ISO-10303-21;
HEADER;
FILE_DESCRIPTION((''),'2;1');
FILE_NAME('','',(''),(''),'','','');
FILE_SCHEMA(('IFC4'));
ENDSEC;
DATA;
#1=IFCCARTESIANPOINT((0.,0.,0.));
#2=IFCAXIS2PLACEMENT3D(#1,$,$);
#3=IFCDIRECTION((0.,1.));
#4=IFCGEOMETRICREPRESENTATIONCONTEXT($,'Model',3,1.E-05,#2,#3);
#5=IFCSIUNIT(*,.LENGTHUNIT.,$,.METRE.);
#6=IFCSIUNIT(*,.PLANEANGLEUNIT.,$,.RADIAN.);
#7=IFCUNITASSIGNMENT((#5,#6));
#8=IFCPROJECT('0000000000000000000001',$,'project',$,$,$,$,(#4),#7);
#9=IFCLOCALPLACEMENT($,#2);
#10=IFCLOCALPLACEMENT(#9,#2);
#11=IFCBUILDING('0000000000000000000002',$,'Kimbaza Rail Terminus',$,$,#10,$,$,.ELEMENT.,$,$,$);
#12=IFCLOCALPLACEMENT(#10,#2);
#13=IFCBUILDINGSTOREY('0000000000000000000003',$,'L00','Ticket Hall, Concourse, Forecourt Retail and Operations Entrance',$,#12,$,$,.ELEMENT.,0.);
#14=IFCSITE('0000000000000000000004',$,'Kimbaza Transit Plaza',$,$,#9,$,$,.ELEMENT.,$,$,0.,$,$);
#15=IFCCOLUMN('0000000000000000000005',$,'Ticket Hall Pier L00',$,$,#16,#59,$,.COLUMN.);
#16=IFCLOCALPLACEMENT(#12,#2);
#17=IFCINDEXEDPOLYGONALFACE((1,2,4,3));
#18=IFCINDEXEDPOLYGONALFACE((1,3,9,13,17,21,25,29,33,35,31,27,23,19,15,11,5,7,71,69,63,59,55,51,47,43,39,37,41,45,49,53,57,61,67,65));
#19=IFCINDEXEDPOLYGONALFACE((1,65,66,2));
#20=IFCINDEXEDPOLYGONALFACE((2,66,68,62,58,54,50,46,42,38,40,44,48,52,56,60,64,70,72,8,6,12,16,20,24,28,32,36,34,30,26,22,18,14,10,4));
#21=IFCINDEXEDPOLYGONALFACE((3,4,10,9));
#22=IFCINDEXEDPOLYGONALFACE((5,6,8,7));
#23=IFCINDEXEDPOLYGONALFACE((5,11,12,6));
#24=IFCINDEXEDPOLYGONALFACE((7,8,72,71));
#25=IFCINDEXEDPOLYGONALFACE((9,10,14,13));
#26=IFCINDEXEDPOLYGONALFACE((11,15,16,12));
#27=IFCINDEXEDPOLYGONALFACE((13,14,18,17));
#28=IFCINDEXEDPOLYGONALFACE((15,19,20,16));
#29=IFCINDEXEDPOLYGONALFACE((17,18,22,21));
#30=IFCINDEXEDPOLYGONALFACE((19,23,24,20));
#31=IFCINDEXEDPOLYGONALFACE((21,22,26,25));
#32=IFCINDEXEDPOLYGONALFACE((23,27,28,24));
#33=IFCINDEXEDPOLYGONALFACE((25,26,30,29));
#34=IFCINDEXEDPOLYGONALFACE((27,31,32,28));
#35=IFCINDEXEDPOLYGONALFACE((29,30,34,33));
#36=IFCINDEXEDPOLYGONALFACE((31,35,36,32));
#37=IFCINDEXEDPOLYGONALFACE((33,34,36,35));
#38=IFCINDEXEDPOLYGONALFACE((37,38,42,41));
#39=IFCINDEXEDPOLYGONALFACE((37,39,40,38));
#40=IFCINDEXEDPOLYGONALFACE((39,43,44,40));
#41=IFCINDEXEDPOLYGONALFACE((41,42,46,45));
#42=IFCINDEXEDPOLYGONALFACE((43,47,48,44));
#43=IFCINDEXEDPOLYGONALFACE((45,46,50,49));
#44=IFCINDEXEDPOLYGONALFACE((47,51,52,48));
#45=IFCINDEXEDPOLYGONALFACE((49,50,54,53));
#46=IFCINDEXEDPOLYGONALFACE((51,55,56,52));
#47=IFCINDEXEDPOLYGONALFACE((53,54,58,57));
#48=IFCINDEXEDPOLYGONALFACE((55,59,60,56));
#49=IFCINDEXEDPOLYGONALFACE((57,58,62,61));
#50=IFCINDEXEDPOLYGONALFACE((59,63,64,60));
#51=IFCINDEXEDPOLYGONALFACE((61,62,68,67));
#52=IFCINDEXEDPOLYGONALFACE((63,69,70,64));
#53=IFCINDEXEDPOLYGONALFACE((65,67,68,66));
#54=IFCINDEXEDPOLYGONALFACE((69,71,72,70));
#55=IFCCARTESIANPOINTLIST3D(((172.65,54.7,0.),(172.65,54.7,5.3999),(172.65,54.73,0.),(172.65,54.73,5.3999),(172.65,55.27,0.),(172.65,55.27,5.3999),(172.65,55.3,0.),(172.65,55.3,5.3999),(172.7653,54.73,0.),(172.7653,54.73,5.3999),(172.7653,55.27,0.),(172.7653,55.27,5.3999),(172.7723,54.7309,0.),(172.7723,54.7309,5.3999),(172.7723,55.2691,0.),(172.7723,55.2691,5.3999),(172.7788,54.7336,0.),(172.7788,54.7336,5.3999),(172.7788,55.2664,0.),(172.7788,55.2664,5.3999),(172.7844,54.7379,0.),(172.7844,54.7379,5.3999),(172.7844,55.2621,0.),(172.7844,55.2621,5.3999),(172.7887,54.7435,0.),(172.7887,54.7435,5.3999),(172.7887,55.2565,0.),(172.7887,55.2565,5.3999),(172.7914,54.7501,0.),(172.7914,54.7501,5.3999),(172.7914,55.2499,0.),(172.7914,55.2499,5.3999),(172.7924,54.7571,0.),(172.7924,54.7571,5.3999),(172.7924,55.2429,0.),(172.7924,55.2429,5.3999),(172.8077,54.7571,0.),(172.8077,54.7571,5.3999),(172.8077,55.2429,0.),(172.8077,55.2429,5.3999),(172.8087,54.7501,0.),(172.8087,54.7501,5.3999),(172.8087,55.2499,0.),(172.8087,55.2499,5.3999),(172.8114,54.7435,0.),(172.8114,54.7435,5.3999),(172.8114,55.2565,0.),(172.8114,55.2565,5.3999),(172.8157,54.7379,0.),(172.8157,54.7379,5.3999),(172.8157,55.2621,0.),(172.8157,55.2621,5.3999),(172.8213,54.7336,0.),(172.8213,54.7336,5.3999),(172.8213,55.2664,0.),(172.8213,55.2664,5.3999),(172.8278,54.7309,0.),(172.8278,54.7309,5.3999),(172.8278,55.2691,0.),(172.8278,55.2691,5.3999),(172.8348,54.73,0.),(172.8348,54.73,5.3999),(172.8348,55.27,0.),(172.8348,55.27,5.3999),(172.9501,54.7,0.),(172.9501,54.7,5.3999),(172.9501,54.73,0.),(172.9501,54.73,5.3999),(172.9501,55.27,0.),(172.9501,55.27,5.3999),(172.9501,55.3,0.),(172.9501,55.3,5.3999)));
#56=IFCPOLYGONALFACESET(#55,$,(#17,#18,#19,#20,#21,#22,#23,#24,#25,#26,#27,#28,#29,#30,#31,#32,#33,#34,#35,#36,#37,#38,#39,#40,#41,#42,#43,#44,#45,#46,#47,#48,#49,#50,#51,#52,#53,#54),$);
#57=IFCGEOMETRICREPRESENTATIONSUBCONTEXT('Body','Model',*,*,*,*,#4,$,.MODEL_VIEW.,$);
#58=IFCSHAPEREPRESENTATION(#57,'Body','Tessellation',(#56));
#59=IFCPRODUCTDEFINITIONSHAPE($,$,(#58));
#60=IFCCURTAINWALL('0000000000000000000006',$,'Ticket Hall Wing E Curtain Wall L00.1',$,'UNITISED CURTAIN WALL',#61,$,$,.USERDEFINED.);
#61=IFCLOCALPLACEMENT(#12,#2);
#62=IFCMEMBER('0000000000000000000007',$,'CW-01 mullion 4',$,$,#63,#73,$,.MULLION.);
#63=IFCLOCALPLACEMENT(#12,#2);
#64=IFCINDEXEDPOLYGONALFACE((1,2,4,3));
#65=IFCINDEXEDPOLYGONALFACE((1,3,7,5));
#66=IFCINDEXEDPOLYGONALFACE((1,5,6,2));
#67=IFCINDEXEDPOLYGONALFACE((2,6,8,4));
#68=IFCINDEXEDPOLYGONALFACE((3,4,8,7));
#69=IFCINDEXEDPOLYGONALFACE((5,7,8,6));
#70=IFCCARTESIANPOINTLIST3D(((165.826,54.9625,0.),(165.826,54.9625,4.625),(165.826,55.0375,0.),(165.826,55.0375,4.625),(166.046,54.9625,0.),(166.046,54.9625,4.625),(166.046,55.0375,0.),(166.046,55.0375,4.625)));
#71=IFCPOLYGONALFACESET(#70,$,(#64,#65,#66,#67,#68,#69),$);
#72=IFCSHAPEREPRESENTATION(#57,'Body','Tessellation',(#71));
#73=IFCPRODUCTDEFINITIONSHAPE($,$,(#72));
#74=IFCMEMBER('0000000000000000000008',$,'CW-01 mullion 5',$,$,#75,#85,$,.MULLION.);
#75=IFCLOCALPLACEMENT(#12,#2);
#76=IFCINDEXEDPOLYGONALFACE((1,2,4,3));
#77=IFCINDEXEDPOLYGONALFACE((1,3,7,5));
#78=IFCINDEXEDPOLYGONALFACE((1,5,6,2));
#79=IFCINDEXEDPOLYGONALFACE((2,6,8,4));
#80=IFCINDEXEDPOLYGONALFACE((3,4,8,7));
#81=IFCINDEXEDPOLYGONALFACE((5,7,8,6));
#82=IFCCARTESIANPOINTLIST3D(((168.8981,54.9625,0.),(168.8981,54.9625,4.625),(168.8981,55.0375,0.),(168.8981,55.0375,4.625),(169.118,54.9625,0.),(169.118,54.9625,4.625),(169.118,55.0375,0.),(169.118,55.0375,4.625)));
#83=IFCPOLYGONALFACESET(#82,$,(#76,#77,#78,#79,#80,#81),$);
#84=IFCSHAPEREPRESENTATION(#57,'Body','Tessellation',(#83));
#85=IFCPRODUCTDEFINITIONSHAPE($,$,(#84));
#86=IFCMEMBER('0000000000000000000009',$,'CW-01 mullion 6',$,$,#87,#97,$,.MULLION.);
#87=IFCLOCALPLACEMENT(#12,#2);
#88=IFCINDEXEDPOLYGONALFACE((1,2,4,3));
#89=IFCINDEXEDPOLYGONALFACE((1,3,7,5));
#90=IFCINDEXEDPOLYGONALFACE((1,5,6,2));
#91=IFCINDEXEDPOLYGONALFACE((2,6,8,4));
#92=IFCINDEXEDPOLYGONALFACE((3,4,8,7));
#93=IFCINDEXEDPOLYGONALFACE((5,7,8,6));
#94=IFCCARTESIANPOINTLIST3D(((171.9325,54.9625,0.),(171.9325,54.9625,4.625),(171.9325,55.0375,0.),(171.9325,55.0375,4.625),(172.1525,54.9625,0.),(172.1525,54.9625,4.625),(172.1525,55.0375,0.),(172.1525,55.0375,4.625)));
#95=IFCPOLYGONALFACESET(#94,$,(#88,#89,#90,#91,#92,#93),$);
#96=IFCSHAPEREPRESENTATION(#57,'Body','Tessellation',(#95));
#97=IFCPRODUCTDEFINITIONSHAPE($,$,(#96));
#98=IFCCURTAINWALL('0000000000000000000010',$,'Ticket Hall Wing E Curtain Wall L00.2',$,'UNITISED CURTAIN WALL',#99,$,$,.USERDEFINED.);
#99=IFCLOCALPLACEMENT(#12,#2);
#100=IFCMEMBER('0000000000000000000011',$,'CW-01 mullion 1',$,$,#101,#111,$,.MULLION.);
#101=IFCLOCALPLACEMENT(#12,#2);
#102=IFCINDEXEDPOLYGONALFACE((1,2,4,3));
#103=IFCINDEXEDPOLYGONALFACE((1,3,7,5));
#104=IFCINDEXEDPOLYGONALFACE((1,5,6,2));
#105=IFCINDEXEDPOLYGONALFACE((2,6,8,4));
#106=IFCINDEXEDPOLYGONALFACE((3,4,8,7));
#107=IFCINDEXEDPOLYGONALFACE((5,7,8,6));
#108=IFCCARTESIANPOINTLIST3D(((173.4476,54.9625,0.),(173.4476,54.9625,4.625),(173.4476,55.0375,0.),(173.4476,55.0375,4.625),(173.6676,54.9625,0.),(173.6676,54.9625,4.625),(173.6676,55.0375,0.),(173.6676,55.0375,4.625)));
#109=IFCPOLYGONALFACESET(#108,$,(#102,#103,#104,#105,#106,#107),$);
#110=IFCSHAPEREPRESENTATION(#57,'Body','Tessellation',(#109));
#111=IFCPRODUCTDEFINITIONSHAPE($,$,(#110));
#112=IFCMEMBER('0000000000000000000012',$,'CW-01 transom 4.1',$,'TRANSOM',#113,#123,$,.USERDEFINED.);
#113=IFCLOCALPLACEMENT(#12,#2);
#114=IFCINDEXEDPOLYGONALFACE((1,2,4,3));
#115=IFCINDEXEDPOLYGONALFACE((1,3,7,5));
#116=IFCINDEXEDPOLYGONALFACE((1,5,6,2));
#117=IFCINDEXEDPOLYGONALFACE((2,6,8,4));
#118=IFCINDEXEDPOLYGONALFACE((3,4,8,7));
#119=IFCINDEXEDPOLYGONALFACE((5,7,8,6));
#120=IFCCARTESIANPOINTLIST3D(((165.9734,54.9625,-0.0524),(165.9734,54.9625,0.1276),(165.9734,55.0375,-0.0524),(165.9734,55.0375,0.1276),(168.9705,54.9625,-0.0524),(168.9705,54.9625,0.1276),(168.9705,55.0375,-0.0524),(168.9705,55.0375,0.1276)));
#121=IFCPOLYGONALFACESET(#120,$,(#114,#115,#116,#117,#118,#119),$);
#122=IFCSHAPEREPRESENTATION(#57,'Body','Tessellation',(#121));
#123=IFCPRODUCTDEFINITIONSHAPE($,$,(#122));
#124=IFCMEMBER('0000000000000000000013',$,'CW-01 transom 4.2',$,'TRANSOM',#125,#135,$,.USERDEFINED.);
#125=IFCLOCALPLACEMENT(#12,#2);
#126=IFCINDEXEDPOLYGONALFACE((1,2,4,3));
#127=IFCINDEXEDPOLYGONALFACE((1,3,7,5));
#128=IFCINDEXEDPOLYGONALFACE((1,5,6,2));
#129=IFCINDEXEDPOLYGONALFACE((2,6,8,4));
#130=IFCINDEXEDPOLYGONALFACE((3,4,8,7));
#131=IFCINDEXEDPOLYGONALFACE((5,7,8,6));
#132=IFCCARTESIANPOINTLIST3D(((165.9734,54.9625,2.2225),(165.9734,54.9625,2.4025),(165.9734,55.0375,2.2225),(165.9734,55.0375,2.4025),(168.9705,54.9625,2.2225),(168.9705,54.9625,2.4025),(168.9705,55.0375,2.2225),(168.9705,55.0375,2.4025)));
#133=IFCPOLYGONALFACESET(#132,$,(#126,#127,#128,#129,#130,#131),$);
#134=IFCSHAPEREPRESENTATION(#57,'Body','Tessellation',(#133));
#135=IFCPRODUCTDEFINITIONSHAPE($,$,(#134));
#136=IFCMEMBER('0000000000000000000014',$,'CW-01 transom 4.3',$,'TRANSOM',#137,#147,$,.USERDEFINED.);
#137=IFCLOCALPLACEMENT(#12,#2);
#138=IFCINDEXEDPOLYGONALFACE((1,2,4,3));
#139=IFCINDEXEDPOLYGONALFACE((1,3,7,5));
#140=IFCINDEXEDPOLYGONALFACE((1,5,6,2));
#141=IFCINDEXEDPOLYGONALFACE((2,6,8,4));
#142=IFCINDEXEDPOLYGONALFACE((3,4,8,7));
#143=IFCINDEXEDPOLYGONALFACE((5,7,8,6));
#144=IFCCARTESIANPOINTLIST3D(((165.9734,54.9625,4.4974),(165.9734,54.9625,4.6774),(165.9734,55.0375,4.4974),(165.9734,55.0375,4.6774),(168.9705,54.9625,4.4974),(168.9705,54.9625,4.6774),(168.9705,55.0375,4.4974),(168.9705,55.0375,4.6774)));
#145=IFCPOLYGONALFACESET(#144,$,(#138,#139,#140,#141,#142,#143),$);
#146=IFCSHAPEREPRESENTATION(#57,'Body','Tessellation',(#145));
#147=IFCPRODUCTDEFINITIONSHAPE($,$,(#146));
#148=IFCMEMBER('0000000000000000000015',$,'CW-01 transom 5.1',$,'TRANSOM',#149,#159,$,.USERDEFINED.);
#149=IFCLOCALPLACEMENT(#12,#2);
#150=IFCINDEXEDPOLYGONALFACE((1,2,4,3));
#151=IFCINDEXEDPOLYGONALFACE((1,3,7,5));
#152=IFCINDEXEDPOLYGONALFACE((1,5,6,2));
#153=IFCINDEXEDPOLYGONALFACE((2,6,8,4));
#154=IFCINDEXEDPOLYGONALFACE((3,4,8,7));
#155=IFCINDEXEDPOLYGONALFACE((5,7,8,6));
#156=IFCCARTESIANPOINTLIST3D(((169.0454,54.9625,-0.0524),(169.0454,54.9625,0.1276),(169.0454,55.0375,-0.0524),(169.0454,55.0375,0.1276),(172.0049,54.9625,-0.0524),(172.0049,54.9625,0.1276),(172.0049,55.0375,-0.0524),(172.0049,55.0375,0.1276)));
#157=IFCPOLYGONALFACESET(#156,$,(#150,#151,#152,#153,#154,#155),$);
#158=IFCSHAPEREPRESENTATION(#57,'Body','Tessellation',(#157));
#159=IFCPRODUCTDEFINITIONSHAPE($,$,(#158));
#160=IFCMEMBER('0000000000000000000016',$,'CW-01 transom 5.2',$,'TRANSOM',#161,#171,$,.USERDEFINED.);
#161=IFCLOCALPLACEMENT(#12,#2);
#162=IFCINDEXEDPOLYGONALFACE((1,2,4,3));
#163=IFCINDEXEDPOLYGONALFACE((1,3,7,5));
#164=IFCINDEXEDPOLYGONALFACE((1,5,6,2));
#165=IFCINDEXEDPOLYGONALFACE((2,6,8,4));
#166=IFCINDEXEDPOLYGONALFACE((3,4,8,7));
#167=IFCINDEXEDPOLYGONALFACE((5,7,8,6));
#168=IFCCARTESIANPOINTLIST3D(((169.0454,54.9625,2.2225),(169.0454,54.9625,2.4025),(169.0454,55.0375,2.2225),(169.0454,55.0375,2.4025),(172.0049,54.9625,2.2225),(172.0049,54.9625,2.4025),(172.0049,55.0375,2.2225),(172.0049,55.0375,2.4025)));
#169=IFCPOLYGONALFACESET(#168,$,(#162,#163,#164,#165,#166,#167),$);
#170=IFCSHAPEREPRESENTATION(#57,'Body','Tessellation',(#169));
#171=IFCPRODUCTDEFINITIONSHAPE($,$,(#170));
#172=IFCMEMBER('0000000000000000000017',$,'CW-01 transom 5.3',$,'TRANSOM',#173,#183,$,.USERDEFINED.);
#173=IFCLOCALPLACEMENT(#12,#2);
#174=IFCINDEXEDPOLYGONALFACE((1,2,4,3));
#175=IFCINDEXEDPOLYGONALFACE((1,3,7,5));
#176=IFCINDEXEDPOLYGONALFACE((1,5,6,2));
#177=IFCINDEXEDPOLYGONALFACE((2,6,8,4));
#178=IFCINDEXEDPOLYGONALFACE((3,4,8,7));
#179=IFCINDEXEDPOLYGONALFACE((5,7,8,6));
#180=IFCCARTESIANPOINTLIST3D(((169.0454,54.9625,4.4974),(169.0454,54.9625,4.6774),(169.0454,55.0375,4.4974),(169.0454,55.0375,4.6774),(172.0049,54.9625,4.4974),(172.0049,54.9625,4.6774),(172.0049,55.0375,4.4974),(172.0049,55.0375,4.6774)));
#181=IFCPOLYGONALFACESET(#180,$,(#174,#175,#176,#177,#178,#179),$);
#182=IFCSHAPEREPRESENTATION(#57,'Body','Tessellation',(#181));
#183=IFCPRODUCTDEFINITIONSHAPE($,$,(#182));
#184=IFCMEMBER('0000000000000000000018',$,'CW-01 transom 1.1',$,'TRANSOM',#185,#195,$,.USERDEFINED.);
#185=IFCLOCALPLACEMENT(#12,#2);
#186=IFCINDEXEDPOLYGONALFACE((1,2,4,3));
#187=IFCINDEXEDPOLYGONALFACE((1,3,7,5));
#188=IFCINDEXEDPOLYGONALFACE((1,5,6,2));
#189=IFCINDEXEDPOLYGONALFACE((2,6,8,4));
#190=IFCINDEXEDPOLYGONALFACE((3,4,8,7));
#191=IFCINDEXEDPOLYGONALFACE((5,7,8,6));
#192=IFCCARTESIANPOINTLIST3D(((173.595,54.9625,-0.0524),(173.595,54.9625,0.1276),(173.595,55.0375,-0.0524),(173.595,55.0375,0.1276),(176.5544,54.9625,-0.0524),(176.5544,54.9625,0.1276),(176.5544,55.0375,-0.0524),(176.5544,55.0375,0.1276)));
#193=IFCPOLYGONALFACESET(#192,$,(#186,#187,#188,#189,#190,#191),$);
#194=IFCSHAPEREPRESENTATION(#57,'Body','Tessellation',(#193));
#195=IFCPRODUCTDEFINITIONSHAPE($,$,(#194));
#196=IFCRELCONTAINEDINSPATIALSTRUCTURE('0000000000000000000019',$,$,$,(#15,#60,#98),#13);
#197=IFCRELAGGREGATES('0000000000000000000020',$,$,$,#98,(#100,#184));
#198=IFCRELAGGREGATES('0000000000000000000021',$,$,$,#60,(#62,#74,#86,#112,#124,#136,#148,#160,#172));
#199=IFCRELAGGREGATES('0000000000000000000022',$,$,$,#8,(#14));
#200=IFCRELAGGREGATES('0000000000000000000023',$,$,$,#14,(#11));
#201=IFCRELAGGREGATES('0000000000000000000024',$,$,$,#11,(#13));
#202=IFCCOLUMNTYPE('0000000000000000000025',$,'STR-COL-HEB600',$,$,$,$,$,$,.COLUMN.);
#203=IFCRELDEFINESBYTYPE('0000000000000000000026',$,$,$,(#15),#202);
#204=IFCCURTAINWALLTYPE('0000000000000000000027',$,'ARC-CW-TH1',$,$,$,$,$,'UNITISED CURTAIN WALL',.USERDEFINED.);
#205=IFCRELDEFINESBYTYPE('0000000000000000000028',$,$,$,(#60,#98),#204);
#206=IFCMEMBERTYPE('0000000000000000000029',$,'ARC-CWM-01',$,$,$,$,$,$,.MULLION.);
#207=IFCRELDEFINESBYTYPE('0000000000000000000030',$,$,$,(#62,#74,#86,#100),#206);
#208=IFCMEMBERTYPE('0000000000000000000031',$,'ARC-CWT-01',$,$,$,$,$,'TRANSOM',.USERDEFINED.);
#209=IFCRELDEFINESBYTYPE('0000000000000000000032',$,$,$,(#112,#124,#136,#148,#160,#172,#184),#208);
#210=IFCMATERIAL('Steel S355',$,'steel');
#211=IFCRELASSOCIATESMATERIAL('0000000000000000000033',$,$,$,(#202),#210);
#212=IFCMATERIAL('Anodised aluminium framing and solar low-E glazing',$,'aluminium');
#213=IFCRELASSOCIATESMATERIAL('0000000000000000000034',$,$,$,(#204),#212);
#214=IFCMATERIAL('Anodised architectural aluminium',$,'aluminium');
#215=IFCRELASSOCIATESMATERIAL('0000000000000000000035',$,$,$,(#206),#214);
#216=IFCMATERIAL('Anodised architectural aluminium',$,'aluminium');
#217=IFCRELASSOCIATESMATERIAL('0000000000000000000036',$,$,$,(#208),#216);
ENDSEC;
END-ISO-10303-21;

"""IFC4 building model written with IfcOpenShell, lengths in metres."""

from ifc_helpers import new_model, si_unit, direction, frame, origin, origin_2d, place, context, subcontext, project, spatial, rectangle, i_section, extrude, material, material_profile, profile_set, type_object, element, aggregate, save


model = new_model("IFC4")

# Units and contexts
model_context = context("Model", 3, precision=1e-05, world=origin(), true_north=direction((0.0, 1.0)))
body_context = subcontext(model_context, "Body", "Model", "MODEL_VIEW")
ifc_project = project(units=[si_unit("LENGTHUNIT", "METRE"), si_unit("PLANEANGLEUNIT", "RADIAN")], contexts=[model_context])

# Site, building, storey
site_placement = place(None, origin())
site = spatial("IfcSite", under=ifc_project, at=site_placement, Name="Kimbaza Transit Plaza", CompositionType="ELEMENT", RefElevation=0.0)
building_placement = place(site_placement, origin())
building = spatial("IfcBuilding", under=site, at=building_placement, Name="Kimbaza Rail Terminus", CompositionType="ELEMENT")
storey_placement = place(building_placement, origin())
storey = spatial("IfcBuildingStorey", under=building, at=storey_placement, Name="L00", Description="Ticket Hall, Concourse, Forecourt Retail and Operations Entrance", CompositionType="ELEMENT", Elevation=0.0)

# Column
ifc_material_1 = material(Name="Steel S355", Category="steel")
ifc_material_profile_1 = material_profile(ifc_material_1, i_section(OverallWidth=0.3, OverallDepth=0.6001, WebThickness=0.0154, FlangeThickness=0.03, FilletRadius=0.0271, at=origin_2d()), Name="HEB 600")
ifc_profile_set_1 = profile_set([ifc_material_profile_1], Name="Steel S355")
column_type = type_object("IfcColumnType", Name="STR-COL-HEB600", PredefinedType="COLUMN", material=ifc_profile_set_1)
column_placement = place(storey_placement, frame((172.8, 55.0, 0.0), z_axis=(0.0, 0.0, 1.0), x_axis=(1.0, 0.0, 0.0)))
element("IfcColumn", 1, at=column_placement, inside=storey, type_object=column_type, Name="Ticket Hall Pier L00", PredefinedType="COLUMN", context=body_context, shape_type="SweptSolid", body=[
    extrude(i_section(OverallWidth=0.3, OverallDepth=0.6001, WebThickness=0.0154, FlangeThickness=0.03, FilletRadius=0.0271, at=origin_2d()), origin(), (0.0, 0.0, 1.0), 5.3999),
])

# Curtain wall, members
ifc_material_2 = material(Name="Anodised aluminium framing and solar low-E glazing", Category="aluminium")
curtain_wall_type = type_object("IfcCurtainWallType", Name="ARC-CW-TH1", ElementType="UNITISED CURTAIN WALL", PredefinedType="USERDEFINED", material=ifc_material_2)
curtain_wall_1_placement = place(storey_placement, origin())
curtain_wall_1 = element("IfcCurtainWall", 2, at=curtain_wall_1_placement, inside=storey, type_object=curtain_wall_type, Name="Ticket Hall Wing E Curtain Wall L00.1", ObjectType="UNITISED CURTAIN WALL", PredefinedType="USERDEFINED")
ifc_material_3 = material(Name="Anodised architectural aluminium", Category="aluminium")
ifc_material_profile_2 = material_profile(ifc_material_3, rectangle(XDim=0.075, YDim=0.22, at=origin_2d()), Name="MULLION 75x220")
ifc_profile_set_2 = profile_set([ifc_material_profile_2], Name="Anodised architectural aluminium")
member_type_1 = type_object("IfcMemberType", Name="ARC-CWM-01", PredefinedType="MULLION", material=ifc_profile_set_2)
member_1_placement = place(storey_placement, frame((165.936, 55.0, 0.0), z_axis=(0.0, 0.0, 1.0), x_axis=(0.0, 1.0, 0.0)))
member_1 = element("IfcMember", 3, at=member_1_placement, type_object=member_type_1, Name="CW-01 mullion 4", PredefinedType="MULLION", context=body_context, shape_type="SweptSolid", body=[
    extrude(rectangle(XDim=0.075, YDim=0.22, at=origin_2d()), origin(), (0.0, 0.0, 1.0), 4.625),
])
member_2_placement = place(storey_placement, frame((169.0081, 55.0, 0.0), z_axis=(0.0, 0.0, 1.0), x_axis=(0.0, 1.0, 0.0)))
member_2 = element("IfcMember", 4, at=member_2_placement, type_object=member_type_1, Name="CW-01 mullion 5", PredefinedType="MULLION", context=body_context, shape_type="SweptSolid", body=[
    extrude(rectangle(XDim=0.075, YDim=0.22, at=origin_2d()), origin(), (0.0, 0.0, 1.0), 4.625),
])
member_3_placement = place(storey_placement, frame((172.0425, 55.0, 0.0), z_axis=(0.0, 0.0, 1.0), x_axis=(0.0, 1.0, 0.0)))
member_3 = element("IfcMember", 5, at=member_3_placement, type_object=member_type_1, Name="CW-01 mullion 6", PredefinedType="MULLION", context=body_context, shape_type="SweptSolid", body=[
    extrude(rectangle(XDim=0.075, YDim=0.22, at=origin_2d()), origin(), (0.0, 0.0, 1.0), 4.625),
])

# Curtain wall, member
curtain_wall_2_placement = place(storey_placement, origin())
curtain_wall_2 = element("IfcCurtainWall", 6, at=curtain_wall_2_placement, inside=storey, type_object=curtain_wall_type, Name="Ticket Hall Wing E Curtain Wall L00.2", ObjectType="UNITISED CURTAIN WALL", PredefinedType="USERDEFINED")
member_4_placement = place(storey_placement, frame((173.5576, 55.0, 0.0), z_axis=(0.0, 0.0, 1.0), x_axis=(0.0, 1.0, 0.0)))
member_4 = element("IfcMember", 7, at=member_4_placement, type_object=member_type_1, Name="CW-01 mullion 1", PredefinedType="MULLION", context=body_context, shape_type="SweptSolid", body=[
    extrude(rectangle(XDim=0.075, YDim=0.22, at=origin_2d()), origin(), (0.0, 0.0, 1.0), 4.625),
])

# Members
ifc_material_4 = material(Name="Anodised architectural aluminium", Category="aluminium")
ifc_material_profile_3 = material_profile(ifc_material_4, rectangle(XDim=0.075, YDim=0.1799, at=origin_2d()), Name="TRANSOM 75x180")
ifc_profile_set_3 = profile_set([ifc_material_profile_3], Name="Anodised architectural aluminium")
member_type_2 = type_object("IfcMemberType", Name="ARC-CWT-01", ElementType="TRANSOM", PredefinedType="USERDEFINED", material=ifc_profile_set_3)
member_5_placement = place(storey_placement, frame((165.9734, 55.0, 0.0376), z_axis=(1.0, 0.0, 0.0), x_axis=(0.0, 1.0, 0.0)))
member_5 = element("IfcMember", 8, at=member_5_placement, type_object=member_type_2, Name="CW-01 transom 4.1", ObjectType="TRANSOM", PredefinedType="USERDEFINED", context=body_context, shape_type="SweptSolid", body=[
    extrude(rectangle(XDim=0.075, YDim=0.1799, at=origin_2d()), origin(), (0.0, 0.0, 1.0), 2.9971),
])
member_6_placement = place(storey_placement, frame((165.9734, 55.0, 2.3125), z_axis=(1.0, 0.0, 0.0), x_axis=(0.0, 1.0, 0.0)))
member_6 = element("IfcMember", 9, at=member_6_placement, type_object=member_type_2, Name="CW-01 transom 4.2", ObjectType="TRANSOM", PredefinedType="USERDEFINED", context=body_context, shape_type="SweptSolid", body=[
    extrude(rectangle(XDim=0.075, YDim=0.1799, at=origin_2d()), origin(), (0.0, 0.0, 1.0), 2.9971),
])
member_7_placement = place(storey_placement, frame((165.9734, 55.0, 4.5874), z_axis=(1.0, 0.0, 0.0), x_axis=(0.0, 1.0, 0.0)))
member_7 = element("IfcMember", 10, at=member_7_placement, type_object=member_type_2, Name="CW-01 transom 4.3", ObjectType="TRANSOM", PredefinedType="USERDEFINED", context=body_context, shape_type="SweptSolid", body=[
    extrude(rectangle(XDim=0.075, YDim=0.1799, at=origin_2d()), origin(), (0.0, 0.0, 1.0), 2.9971),
])
member_8_placement = place(storey_placement, frame((169.0454, 55.0, 0.0376), z_axis=(1.0, 0.0, 0.0), x_axis=(0.0, 1.0, 0.0)))
member_8 = element("IfcMember", 11, at=member_8_placement, type_object=member_type_2, Name="CW-01 transom 5.1", ObjectType="TRANSOM", PredefinedType="USERDEFINED", context=body_context, shape_type="SweptSolid", body=[
    extrude(rectangle(XDim=0.075, YDim=0.1799, at=origin_2d()), origin(), (0.0, 0.0, 1.0), 2.9595),
])
member_9_placement = place(storey_placement, frame((169.0454, 55.0, 2.3125), z_axis=(1.0, 0.0, 0.0), x_axis=(0.0, 1.0, 0.0)))
member_9 = element("IfcMember", 12, at=member_9_placement, type_object=member_type_2, Name="CW-01 transom 5.2", ObjectType="TRANSOM", PredefinedType="USERDEFINED", context=body_context, shape_type="SweptSolid", body=[
    extrude(rectangle(XDim=0.075, YDim=0.1799, at=origin_2d()), origin(), (0.0, 0.0, 1.0), 2.9595),
])
member_10_placement = place(storey_placement, frame((169.0454, 55.0, 4.5874), z_axis=(1.0, 0.0, 0.0), x_axis=(0.0, 1.0, 0.0)))
member_10 = element("IfcMember", 13, at=member_10_placement, type_object=member_type_2, Name="CW-01 transom 5.3", ObjectType="TRANSOM", PredefinedType="USERDEFINED", context=body_context, shape_type="SweptSolid", body=[
    extrude(rectangle(XDim=0.075, YDim=0.1799, at=origin_2d()), origin(), (0.0, 0.0, 1.0), 2.9595),
])
member_11_placement = place(storey_placement, frame((173.595, 55.0, 0.0376), z_axis=(1.0, 0.0, 0.0), x_axis=(0.0, 1.0, 0.0)))
member_11 = element("IfcMember", 14, at=member_11_placement, type_object=member_type_2, Name="CW-01 transom 1.1", ObjectType="TRANSOM", PredefinedType="USERDEFINED", context=body_context, shape_type="SweptSolid", body=[
    extrude(rectangle(XDim=0.075, YDim=0.1799, at=origin_2d()), origin(), (0.0, 0.0, 1.0), 2.9595),
])
aggregate(curtain_wall_2, [member_4, member_11])

aggregate(curtain_wall_1, [member_1, member_2, member_3, member_5, member_6, member_7, member_8, member_9, member_10])

save(model, "model.ifc")
